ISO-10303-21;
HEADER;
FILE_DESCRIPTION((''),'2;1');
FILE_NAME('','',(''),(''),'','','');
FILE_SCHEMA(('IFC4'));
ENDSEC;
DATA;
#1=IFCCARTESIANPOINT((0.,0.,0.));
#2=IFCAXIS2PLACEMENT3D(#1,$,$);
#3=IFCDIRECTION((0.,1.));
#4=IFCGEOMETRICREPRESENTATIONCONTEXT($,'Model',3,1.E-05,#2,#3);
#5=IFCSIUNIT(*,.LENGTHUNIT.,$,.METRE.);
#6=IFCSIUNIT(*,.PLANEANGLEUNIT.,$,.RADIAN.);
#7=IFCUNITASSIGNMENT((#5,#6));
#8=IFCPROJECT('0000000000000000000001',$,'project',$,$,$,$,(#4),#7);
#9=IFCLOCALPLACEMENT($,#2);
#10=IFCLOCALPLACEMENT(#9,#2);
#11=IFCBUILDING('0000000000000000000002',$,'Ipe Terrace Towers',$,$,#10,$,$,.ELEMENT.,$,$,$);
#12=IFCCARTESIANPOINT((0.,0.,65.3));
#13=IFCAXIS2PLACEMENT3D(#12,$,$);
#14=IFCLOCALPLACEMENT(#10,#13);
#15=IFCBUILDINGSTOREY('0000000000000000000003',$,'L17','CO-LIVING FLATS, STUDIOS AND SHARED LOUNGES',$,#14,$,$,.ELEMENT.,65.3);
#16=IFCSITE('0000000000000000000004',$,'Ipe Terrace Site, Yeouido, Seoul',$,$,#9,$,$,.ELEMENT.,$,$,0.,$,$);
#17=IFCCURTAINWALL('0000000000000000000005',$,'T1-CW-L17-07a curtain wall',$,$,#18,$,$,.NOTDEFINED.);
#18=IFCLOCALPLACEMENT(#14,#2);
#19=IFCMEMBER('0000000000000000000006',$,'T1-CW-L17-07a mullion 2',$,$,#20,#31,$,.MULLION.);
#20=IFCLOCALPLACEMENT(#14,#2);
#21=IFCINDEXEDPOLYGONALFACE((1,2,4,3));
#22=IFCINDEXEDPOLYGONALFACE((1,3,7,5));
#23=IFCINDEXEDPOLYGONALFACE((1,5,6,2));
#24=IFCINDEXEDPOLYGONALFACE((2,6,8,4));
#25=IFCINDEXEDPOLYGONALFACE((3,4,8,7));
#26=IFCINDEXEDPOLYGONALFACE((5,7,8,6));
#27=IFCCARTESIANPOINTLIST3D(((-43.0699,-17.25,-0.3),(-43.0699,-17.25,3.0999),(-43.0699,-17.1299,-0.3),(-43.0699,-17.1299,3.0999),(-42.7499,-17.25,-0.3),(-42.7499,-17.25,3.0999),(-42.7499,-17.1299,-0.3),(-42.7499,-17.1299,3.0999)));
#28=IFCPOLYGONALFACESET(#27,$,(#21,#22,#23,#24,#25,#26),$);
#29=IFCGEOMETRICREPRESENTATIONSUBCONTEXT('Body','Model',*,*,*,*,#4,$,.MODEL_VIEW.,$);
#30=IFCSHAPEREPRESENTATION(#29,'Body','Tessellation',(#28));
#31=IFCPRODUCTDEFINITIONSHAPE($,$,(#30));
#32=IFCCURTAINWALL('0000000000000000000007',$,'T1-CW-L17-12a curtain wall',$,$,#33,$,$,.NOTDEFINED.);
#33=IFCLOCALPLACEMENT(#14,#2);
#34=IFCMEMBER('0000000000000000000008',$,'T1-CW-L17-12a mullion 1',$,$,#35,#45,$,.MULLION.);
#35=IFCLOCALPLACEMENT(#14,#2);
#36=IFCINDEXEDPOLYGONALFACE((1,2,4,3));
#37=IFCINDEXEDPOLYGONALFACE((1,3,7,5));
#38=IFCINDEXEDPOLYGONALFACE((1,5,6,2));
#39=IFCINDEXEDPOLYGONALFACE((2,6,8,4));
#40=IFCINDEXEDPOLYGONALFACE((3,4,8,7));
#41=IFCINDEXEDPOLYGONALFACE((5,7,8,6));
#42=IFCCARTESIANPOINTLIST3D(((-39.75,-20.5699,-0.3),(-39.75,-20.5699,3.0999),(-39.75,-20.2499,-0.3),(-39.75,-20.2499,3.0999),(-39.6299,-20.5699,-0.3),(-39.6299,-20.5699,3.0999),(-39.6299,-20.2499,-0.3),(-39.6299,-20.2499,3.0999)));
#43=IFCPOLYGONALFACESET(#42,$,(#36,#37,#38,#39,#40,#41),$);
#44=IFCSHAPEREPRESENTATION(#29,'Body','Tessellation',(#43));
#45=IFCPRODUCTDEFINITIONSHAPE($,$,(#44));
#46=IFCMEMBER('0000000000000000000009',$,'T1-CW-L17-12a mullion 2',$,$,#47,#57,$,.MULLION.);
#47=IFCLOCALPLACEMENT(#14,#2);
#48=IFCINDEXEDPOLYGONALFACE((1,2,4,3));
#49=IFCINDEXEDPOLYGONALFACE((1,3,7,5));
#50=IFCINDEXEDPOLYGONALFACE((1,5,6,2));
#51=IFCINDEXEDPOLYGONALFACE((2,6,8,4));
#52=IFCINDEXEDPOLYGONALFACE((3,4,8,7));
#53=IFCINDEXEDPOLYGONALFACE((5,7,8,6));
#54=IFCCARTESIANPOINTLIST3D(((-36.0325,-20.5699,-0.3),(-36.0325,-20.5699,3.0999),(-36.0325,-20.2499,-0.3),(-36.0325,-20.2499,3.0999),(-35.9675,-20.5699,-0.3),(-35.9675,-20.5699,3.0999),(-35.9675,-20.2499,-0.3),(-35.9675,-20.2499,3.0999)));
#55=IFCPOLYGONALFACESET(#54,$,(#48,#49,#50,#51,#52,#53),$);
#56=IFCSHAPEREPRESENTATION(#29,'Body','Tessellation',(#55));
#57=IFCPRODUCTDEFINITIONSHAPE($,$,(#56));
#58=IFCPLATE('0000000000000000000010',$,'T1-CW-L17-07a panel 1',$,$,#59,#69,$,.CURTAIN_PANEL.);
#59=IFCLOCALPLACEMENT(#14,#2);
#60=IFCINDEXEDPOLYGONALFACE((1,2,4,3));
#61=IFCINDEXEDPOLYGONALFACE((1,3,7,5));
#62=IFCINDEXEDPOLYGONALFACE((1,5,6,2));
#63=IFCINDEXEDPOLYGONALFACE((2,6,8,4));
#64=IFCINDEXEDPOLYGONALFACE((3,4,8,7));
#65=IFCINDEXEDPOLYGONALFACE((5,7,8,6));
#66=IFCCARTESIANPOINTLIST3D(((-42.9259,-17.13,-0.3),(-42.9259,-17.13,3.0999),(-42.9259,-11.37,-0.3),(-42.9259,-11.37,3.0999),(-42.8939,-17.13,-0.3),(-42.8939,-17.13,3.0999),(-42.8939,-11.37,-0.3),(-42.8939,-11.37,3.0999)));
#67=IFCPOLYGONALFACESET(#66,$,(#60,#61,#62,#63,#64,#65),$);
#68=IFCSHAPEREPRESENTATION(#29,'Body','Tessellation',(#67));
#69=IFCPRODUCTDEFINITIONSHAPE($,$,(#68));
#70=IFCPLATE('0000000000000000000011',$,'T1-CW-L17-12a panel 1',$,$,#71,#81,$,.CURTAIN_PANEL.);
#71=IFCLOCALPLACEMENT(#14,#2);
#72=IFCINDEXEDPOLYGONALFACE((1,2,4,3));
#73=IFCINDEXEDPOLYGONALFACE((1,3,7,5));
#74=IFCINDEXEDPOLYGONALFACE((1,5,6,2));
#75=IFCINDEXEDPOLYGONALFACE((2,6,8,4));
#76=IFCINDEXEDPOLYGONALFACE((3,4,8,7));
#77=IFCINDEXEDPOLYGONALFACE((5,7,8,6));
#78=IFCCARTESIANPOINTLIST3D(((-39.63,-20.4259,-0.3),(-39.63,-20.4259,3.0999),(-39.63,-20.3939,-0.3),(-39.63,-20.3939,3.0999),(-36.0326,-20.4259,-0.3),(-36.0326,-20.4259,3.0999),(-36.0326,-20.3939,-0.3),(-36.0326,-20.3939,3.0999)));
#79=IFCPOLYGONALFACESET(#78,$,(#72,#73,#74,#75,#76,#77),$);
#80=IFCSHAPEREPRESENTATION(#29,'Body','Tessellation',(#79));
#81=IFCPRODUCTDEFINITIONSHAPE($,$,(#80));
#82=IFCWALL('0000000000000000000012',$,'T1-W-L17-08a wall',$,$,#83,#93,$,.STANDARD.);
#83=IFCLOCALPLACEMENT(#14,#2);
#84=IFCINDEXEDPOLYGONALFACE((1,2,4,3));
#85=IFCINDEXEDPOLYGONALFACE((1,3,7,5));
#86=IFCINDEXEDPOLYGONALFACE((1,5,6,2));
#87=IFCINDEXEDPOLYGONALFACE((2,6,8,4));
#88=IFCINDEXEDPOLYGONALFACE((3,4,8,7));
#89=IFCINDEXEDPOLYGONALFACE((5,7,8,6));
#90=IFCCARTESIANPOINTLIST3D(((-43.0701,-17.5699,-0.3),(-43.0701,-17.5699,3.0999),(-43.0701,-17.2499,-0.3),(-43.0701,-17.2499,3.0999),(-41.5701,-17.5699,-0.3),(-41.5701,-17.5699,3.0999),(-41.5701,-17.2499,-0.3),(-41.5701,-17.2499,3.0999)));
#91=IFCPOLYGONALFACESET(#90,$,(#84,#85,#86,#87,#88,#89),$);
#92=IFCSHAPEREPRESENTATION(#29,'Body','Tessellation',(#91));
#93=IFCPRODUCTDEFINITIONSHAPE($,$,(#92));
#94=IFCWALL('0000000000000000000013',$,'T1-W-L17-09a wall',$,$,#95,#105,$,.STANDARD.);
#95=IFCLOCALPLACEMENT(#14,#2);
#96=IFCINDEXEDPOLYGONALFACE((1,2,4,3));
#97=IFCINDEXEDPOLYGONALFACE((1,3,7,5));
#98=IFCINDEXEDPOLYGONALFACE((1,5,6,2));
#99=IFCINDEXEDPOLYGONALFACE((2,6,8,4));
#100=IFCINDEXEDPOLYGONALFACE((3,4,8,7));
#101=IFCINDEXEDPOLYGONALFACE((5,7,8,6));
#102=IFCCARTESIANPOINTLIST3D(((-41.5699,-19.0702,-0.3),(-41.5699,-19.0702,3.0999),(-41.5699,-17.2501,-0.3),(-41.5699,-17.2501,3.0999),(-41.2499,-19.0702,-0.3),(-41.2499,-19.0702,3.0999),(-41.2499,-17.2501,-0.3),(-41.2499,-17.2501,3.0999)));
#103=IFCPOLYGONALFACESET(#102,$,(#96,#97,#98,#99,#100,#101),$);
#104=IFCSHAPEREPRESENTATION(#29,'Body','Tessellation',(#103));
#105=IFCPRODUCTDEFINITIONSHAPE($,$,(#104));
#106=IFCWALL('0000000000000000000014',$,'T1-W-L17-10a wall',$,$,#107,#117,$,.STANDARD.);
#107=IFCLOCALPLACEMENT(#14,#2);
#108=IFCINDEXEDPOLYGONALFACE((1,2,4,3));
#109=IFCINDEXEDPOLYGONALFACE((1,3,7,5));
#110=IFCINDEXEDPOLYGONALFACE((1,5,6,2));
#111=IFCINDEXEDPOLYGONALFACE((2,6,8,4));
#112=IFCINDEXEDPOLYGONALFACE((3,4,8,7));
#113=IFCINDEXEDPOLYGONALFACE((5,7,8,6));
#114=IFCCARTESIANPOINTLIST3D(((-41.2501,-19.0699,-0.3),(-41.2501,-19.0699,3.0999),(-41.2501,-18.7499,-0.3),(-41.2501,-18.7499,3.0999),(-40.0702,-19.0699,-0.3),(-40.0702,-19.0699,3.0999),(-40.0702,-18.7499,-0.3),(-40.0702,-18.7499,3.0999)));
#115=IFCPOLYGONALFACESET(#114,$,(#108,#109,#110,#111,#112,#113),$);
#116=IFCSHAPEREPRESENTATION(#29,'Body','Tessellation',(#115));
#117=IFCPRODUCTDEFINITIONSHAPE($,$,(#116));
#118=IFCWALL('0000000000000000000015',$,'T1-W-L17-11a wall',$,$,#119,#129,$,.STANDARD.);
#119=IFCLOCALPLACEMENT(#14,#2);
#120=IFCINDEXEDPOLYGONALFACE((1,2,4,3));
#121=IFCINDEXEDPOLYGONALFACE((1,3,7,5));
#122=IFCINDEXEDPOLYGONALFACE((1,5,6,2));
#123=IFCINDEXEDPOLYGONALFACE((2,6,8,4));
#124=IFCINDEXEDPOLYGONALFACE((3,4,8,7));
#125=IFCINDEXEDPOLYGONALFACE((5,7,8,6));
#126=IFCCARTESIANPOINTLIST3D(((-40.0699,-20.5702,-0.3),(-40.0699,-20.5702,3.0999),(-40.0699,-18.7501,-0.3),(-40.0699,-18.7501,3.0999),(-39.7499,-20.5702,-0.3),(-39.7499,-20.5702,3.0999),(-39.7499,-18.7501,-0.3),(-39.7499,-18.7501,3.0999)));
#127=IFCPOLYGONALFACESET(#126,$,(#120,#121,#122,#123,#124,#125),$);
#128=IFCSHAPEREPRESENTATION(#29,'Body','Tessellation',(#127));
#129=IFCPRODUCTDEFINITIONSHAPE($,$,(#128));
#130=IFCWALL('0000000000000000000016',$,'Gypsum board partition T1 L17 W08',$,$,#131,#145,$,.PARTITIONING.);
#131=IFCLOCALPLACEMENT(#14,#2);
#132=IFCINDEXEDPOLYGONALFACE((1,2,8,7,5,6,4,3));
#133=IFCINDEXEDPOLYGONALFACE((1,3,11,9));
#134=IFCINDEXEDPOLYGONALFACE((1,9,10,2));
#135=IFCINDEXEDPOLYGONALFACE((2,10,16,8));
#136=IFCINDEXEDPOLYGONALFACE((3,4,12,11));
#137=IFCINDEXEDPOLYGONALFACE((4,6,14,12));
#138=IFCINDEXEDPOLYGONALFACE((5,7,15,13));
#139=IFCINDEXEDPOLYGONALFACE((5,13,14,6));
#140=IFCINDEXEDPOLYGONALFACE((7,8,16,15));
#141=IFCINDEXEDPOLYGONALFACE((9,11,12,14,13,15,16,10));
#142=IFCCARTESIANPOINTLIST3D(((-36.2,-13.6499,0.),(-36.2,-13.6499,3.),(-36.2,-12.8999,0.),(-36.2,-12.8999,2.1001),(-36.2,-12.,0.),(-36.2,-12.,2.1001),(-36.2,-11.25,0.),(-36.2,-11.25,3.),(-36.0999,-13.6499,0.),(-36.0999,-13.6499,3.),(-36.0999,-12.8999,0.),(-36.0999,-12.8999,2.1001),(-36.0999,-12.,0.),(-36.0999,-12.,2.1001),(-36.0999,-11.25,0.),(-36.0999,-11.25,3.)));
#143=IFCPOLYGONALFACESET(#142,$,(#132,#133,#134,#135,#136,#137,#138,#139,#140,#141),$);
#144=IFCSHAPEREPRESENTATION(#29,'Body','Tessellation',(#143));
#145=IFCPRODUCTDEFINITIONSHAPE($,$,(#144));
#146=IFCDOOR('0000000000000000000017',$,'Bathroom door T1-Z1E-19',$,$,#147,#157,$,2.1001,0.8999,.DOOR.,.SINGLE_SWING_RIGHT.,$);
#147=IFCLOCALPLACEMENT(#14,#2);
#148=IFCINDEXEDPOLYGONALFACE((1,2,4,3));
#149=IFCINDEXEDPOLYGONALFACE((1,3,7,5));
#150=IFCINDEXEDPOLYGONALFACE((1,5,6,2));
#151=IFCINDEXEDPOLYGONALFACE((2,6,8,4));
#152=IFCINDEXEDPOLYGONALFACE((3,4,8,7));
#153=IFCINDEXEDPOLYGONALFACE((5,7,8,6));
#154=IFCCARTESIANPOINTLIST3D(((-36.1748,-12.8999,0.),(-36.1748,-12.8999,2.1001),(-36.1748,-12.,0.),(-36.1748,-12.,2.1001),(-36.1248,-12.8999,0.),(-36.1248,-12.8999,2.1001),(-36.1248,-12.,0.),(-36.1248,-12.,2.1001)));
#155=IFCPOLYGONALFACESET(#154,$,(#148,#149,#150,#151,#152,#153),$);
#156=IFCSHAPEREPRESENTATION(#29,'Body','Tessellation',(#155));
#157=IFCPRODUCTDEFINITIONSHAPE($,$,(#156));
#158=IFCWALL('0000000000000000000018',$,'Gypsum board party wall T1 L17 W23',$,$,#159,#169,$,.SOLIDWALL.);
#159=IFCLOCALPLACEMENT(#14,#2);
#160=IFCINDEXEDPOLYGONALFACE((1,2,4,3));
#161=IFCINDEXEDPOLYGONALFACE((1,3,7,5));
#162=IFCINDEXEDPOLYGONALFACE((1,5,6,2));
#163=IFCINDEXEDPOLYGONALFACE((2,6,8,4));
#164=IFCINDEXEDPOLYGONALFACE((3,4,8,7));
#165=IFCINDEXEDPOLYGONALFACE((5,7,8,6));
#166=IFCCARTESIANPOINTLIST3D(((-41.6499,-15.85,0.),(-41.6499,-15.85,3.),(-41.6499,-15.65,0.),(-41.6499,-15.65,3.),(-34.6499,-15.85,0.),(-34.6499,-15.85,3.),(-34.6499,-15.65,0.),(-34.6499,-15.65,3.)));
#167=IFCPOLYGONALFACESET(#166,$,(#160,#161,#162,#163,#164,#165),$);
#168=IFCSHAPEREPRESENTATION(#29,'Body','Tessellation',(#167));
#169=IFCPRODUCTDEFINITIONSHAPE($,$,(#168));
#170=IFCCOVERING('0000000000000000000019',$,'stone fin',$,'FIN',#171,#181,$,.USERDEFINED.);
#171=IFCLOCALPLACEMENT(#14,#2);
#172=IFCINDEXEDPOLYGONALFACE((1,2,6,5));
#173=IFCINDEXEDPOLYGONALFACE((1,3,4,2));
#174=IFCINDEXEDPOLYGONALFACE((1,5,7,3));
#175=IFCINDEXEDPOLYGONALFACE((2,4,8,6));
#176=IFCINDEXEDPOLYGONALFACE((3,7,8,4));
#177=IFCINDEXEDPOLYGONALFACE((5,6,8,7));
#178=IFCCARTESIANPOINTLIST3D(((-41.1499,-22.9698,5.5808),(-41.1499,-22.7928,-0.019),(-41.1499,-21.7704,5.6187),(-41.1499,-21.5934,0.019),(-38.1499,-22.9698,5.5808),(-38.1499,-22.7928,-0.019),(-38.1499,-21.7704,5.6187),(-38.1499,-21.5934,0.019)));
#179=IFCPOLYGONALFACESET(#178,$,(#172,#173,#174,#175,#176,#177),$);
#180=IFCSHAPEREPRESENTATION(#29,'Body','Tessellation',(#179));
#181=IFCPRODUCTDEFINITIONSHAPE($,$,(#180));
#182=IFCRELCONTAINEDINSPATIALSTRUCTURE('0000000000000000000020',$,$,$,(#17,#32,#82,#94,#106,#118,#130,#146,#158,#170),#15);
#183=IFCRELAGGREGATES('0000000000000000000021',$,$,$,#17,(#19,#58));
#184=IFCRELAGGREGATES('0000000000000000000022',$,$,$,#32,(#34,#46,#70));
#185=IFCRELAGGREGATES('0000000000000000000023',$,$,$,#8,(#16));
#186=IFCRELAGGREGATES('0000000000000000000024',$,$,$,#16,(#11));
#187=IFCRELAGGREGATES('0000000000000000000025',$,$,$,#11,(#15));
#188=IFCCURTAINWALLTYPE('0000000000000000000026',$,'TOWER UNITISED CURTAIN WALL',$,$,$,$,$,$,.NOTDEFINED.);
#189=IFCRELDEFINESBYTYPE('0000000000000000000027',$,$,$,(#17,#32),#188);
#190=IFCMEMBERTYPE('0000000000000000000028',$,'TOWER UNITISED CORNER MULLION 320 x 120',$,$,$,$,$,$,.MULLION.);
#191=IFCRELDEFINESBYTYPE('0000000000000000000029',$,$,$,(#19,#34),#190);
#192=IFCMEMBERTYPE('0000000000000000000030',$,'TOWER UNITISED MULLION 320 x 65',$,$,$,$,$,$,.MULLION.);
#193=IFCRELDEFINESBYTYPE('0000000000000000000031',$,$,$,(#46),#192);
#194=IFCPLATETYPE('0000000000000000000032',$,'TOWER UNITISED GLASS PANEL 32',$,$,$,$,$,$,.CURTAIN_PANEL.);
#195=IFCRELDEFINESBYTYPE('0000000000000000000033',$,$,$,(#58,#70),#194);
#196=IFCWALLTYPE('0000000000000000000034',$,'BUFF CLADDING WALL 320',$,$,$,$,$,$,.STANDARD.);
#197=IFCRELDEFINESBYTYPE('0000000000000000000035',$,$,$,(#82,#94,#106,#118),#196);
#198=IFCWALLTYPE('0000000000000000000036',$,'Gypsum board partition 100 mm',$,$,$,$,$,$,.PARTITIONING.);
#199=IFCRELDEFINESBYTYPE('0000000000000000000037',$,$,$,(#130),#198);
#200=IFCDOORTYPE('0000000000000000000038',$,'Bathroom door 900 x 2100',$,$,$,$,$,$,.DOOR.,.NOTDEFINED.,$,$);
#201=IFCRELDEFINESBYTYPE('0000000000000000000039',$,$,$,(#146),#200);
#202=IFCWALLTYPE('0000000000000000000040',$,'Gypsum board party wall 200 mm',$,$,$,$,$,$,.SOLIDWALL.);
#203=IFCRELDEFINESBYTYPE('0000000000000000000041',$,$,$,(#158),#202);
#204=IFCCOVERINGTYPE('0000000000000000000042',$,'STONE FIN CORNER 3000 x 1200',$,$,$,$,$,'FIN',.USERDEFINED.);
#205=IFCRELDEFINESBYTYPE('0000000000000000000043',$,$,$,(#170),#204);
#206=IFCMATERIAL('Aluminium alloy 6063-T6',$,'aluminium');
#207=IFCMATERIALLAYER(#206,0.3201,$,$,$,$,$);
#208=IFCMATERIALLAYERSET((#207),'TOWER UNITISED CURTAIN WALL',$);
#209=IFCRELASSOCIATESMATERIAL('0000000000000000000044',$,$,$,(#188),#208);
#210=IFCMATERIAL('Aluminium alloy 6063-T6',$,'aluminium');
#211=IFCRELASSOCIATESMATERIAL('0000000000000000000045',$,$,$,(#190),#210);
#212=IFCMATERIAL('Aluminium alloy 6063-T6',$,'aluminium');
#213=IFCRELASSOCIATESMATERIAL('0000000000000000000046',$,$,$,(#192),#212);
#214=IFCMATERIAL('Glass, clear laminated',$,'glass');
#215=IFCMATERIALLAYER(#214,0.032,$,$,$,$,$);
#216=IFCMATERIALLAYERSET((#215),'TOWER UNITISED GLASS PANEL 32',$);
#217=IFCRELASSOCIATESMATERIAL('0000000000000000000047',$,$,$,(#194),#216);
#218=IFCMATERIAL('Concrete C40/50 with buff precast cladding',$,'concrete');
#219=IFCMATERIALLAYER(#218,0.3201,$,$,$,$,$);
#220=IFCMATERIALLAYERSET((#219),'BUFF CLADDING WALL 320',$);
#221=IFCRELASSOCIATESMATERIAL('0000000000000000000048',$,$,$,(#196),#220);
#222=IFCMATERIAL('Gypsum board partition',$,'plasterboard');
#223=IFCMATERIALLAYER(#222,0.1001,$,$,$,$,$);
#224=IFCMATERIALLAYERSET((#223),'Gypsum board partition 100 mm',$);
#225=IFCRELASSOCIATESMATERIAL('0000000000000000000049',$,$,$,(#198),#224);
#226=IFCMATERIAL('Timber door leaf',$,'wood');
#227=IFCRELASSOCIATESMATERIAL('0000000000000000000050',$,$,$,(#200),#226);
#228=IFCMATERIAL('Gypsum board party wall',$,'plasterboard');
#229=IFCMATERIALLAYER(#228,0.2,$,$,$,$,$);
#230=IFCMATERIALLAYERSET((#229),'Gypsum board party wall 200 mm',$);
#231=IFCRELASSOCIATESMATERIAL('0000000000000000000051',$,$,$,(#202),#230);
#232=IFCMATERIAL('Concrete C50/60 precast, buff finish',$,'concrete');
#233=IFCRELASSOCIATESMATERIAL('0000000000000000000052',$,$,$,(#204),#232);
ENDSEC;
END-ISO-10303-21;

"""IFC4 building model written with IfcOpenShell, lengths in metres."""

from ifc_helpers import new_model, si_unit, direction, frame, frame_2d, origin, origin_2d, place, context, subcontext, project, spatial, rectangle, extrude, material, layer, layer_set, material_profile, profile_set, type_object, element, fill, aggregate, save


model = new_model("IFC4")

# Units and contexts
model_context = context("Model", 3, precision=1e-05, world=origin(), true_north=direction((0.0, 1.0)))
body_context = subcontext(model_context, "Body", "Model", "MODEL_VIEW")
ifc_project = project(units=[si_unit("LENGTHUNIT", "METRE"), si_unit("PLANEANGLEUNIT", "RADIAN")], contexts=[model_context])

# Site, building, storey
site_placement = place(None, origin())
site = spatial("IfcSite", under=ifc_project, at=site_placement, Name="Ipe Terrace Site, Yeouido, Seoul", CompositionType="ELEMENT", RefElevation=0.0)
building_placement = place(site_placement, origin())
building = spatial("IfcBuilding", under=site, at=building_placement, Name="Ipe Terrace Towers", CompositionType="ELEMENT")
storey_placement = place(building_placement, frame((0.0, 0.0, 65.3)))
storey = spatial("IfcBuildingStorey", under=building, at=storey_placement, Name="L17", Description="CO-LIVING FLATS, STUDIOS AND SHARED LOUNGES", CompositionType="ELEMENT", Elevation=65.3)

# Curtain wall, member
ifc_material_1 = material(Name="Aluminium alloy 6063-T6", Category="aluminium")
ifc_layer_1 = layer(ifc_material_1, 0.3201)
ifc_layer_set_1 = layer_set([ifc_layer_1], Name="TOWER UNITISED CURTAIN WALL")
curtain_wall_type = type_object("IfcCurtainWallType", Name="TOWER UNITISED CURTAIN WALL", PredefinedType="NOTDEFINED", material=ifc_layer_set_1)
curtain_wall_1_placement = place(storey_placement, origin())
curtain_wall_1 = element("IfcCurtainWall", 1, at=curtain_wall_1_placement, inside=storey, type_object=curtain_wall_type, Name="T1-CW-L17-07a curtain wall", PredefinedType="NOTDEFINED")
ifc_material_2 = material(Name="Aluminium alloy 6063-T6", Category="aluminium")
ifc_material_profile_1 = material_profile(ifc_material_2, rectangle(XDim=0.3201, YDim=0.1201, at=origin_2d()), Name="TOWER UNITISED CORNER MULLION 320 x 120")
ifc_profile_set_1 = profile_set([ifc_material_profile_1], Name="Aluminium alloy 6063-T6")
member_type_1 = type_object("IfcMemberType", Name="TOWER UNITISED CORNER MULLION 320 x 120", PredefinedType="MULLION", material=ifc_profile_set_1)
member_1_placement = place(storey_placement, frame((-42.9099, -17.1899, -0.3), z_axis=(0.0, 0.0, 1.0), x_axis=(-1.0, 0.0, 0.0)))
member_1 = element("IfcMember", 2, at=member_1_placement, type_object=member_type_1, Name="T1-CW-L17-07a mullion 2", PredefinedType="MULLION", context=body_context, shape_type="SweptSolid", body=[
    extrude(rectangle(XDim=0.3201, YDim=0.1201, at=origin_2d()), origin(), (0.0, 0.0, 1.0), 3.3999),
])

# Curtain wall, members
curtain_wall_2_placement = place(storey_placement, origin())
curtain_wall_2 = element("IfcCurtainWall", 3, at=curtain_wall_2_placement, inside=storey, type_object=curtain_wall_type, Name="T1-CW-L17-12a curtain wall", PredefinedType="NOTDEFINED")
member_2_placement = place(storey_placement, frame((-39.6899, -20.4099, -0.3), z_axis=(0.0, 0.0, 1.0), x_axis=(0.0, -1.0, 0.0)))
member_2 = element("IfcMember", 4, at=member_2_placement, type_object=member_type_1, Name="T1-CW-L17-12a mullion 1", PredefinedType="MULLION", context=body_context, shape_type="SweptSolid", body=[
    extrude(rectangle(XDim=0.3201, YDim=0.1201, at=origin_2d()), origin(), (0.0, 0.0, 1.0), 3.3999),
])
ifc_material_3 = material(Name="Aluminium alloy 6063-T6", Category="aluminium")
ifc_material_profile_2 = material_profile(ifc_material_3, rectangle(XDim=0.3201, YDim=0.0649, at=origin_2d()), Name="TOWER UNITISED MULLION 320 x 65")
ifc_profile_set_2 = profile_set([ifc_material_profile_2], Name="Aluminium alloy 6063-T6")
member_type_2 = type_object("IfcMemberType", Name="TOWER UNITISED MULLION 320 x 65", PredefinedType="MULLION", material=ifc_profile_set_2)
member_3_placement = place(storey_placement, frame((-36.0, -20.4099, -0.3), z_axis=(0.0, 0.0, 1.0), x_axis=(0.0, -1.0, 0.0)))
member_3 = element("IfcMember", 5, at=member_3_placement, type_object=member_type_2, Name="T1-CW-L17-12a mullion 2", PredefinedType="MULLION", context=body_context, shape_type="SweptSolid", body=[
    extrude(rectangle(XDim=0.3201, YDim=0.0649, at=origin_2d()), origin(), (0.0, 0.0, 1.0), 3.3999),
])

# Plates
ifc_material_4 = material(Name="Glass, clear laminated", Category="glass")
ifc_layer_2 = layer(ifc_material_4, 0.032)
ifc_layer_set_2 = layer_set([ifc_layer_2], Name="TOWER UNITISED GLASS PANEL 32")
plate_type = type_object("IfcPlateType", Name="TOWER UNITISED GLASS PANEL 32", PredefinedType="CURTAIN_PANEL", material=ifc_layer_set_2)
plate_1_placement = place(storey_placement, frame((-42.9099, -14.25, -0.3), z_axis=(0.0, 0.0, 1.0), x_axis=(0.0, -1.0, 0.0)))
plate_1 = element("IfcPlate", 6, at=plate_1_placement, type_object=plate_type, Name="T1-CW-L17-07a panel 1", PredefinedType="CURTAIN_PANEL", context=body_context, shape_type="SweptSolid", body=[
    extrude(rectangle(XDim=5.76, YDim=0.032, at=origin_2d()), origin(), (0.0, 0.0, 1.0), 3.3999),
])
aggregate(curtain_wall_1, [member_1, plate_1])
plate_2_placement = place(storey_placement, frame((-37.8313, -20.4099, -0.3), z_axis=(0.0, 0.0, 1.0), x_axis=(1.0, 0.0, 0.0)))
plate_2 = element("IfcPlate", 7, at=plate_2_placement, type_object=plate_type, Name="T1-CW-L17-12a panel 1", PredefinedType="CURTAIN_PANEL", context=body_context, shape_type="SweptSolid", body=[
    extrude(rectangle(XDim=3.5974, YDim=0.032, at=origin_2d()), origin(), (0.0, 0.0, 1.0), 3.3999),
])
aggregate(curtain_wall_2, [member_2, member_3, plate_2])

# Walls
ifc_material_5 = material(Name="Concrete C40/50 with buff precast cladding", Category="concrete")
ifc_layer_3 = layer(ifc_material_5, 0.3201)
ifc_layer_set_3 = layer_set([ifc_layer_3], Name="BUFF CLADDING WALL 320")
wall_type_1 = type_object("IfcWallType", Name="BUFF CLADDING WALL 320", PredefinedType="STANDARD", material=ifc_layer_set_3)
wall_1_placement = place(storey_placement, frame((-43.0701, -17.4099, -0.3), z_axis=(0.0, 0.0, 1.0), x_axis=(1.0, 0.0, 0.0)))
element("IfcWall", 8, at=wall_1_placement, inside=storey, type_object=wall_type_1, Name="T1-W-L17-08a wall", PredefinedType="STANDARD", context=body_context, shape_type="SweptSolid", body=[
    extrude(rectangle(XDim=1.5, YDim=0.3201, at=frame_2d((0.75, 0.0))), origin(), (0.0, 0.0, 1.0), 3.3999),
])
wall_2_placement = place(storey_placement, frame((-41.4099, -17.25, -0.3), z_axis=(0.0, 0.0, 1.0), x_axis=(0.0, -1.0, 0.0)))
element("IfcWall", 9, at=wall_2_placement, inside=storey, type_object=wall_type_1, Name="T1-W-L17-09a wall", PredefinedType="STANDARD", context=body_context, shape_type="SweptSolid", body=[
    extrude(rectangle(XDim=1.8201, YDim=0.3201, at=frame_2d((0.9102, 0.0))), origin(), (0.0, 0.0, 1.0), 3.3999),
])
wall_3_placement = place(storey_placement, frame((-41.25, -18.9099, -0.3), z_axis=(0.0, 0.0, 1.0), x_axis=(1.0, 0.0, 0.0)))
element("IfcWall", 10, at=wall_3_placement, inside=storey, type_object=wall_type_1, Name="T1-W-L17-10a wall", PredefinedType="STANDARD", context=body_context, shape_type="SweptSolid", body=[
    extrude(rectangle(XDim=1.1799, YDim=0.3201, at=frame_2d((0.5898, 0.0))), origin(), (0.0, 0.0, 1.0), 3.3999),
])
wall_4_placement = place(storey_placement, frame((-39.9099, -18.75, -0.3), z_axis=(0.0, 0.0, 1.0), x_axis=(0.0, -1.0, 0.0)))
element("IfcWall", 11, at=wall_4_placement, inside=storey, type_object=wall_type_1, Name="T1-W-L17-11a wall", PredefinedType="STANDARD", context=body_context, shape_type="SweptSolid", body=[
    extrude(rectangle(XDim=1.8201, YDim=0.3201, at=frame_2d((0.9102, 0.0))), origin(), (0.0, 0.0, 1.0), 3.3999),
])

# Wall, opening, door
ifc_material_6 = material(Name="Gypsum board partition", Category="plasterboard")
ifc_layer_4 = layer(ifc_material_6, 0.1001)
ifc_layer_set_4 = layer_set([ifc_layer_4], Name="Gypsum board partition 100 mm")
wall_type_2 = type_object("IfcWallType", Name="Gypsum board partition 100 mm", PredefinedType="PARTITIONING", material=ifc_layer_set_4)
wall_5_placement = place(storey_placement, frame((-36.1499, -13.6499, 0.0), z_axis=(0.0, 0.0, 1.0), x_axis=(0.0, 1.0, 0.0)))
wall_5 = element("IfcWall", 12, at=wall_5_placement, inside=storey, type_object=wall_type_2, Name="Gypsum board partition T1 L17 W08", PredefinedType="PARTITIONING", context=body_context, shape_type="SweptSolid", body=[
    extrude(rectangle(XDim=2.3999, YDim=0.1001, at=frame_2d((1.2, 0.0))), origin(), (0.0, 0.0, 1.0), 3.0),
])
opening_placement = place(wall_5_placement, frame((0.75, 0.0, 0.0)))
opening = element("IfcOpeningElement", 13, at=opening_placement, cuts=wall_5, PredefinedType="OPENING", context=body_context, shape_type="SweptSolid", body=[
    extrude(rectangle(XDim=0.8999, YDim=2.1001, at=frame_2d((0.45, 1.05))), frame((0.0, 0.0601, 0.0), z_axis=(0.0, -1.0, 0.0), x_axis=(1.0, 0.0, 0.0)), (0.0, 0.0, 1.0), 0.1201),
])
ifc_material_7 = material(Name="Timber door leaf", Category="wood")
door_type = type_object("IfcDoorType", Name="Bathroom door 900 x 2100", OperationType="NOTDEFINED", PredefinedType="DOOR", material=ifc_material_7)
door_placement = place(opening_placement, origin())
door = element("IfcDoor", 14, at=door_placement, inside=storey, type_object=door_type, Name="Bathroom door T1-Z1E-19", OperationType="SINGLE_SWING_RIGHT", OverallHeight=2.1001, OverallWidth=0.8999, PredefinedType="DOOR", context=body_context, shape_type="SweptSolid", body=[
    extrude(rectangle(XDim=0.8999, YDim=2.1001, at=frame_2d((0.45, 1.05))), frame((0.0, 0.0249, 0.0), z_axis=(0.0, -1.0, 0.0), x_axis=(1.0, 0.0, 0.0)), (0.0, 0.0, 1.0), 0.05),
])
fill(opening, door)

# Wall
ifc_material_8 = material(Name="Gypsum board party wall", Category="plasterboard")
ifc_layer_5 = layer(ifc_material_8, 0.2)
ifc_layer_set_5 = layer_set([ifc_layer_5], Name="Gypsum board party wall 200 mm")
wall_type_3 = type_object("IfcWallType", Name="Gypsum board party wall 200 mm", PredefinedType="SOLIDWALL", material=ifc_layer_set_5)
wall_6_placement = place(storey_placement, frame((-41.6499, -15.75, 0.0), z_axis=(0.0, 0.0, 1.0), x_axis=(1.0, 0.0, 0.0)))
element("IfcWall", 15, at=wall_6_placement, inside=storey, type_object=wall_type_3, Name="Gypsum board party wall T1 L17 W23", PredefinedType="SOLIDWALL", context=body_context, shape_type="SweptSolid", body=[
    extrude(rectangle(XDim=7.0, YDim=0.2, at=frame_2d((3.5, 0.0))), origin(), (0.0, 0.0, 1.0), 3.0),
])

# Covering
ifc_material_9 = material(Name="Concrete C50/60 precast, buff finish", Category="concrete")
ifc_material_profile_3 = material_profile(ifc_material_9, rectangle(XDim=3.0, YDim=1.2, at=origin_2d()), Name="STONE FIN CORNER 3000 x 1200")
ifc_profile_set_3 = profile_set([ifc_material_profile_3], Name="Concrete C50/60 precast, buff finish")
covering_type_1 = type_object("IfcCoveringType", Name="STONE FIN CORNER 3000 x 1200", ElementType="FIN", PredefinedType="USERDEFINED", material=ifc_profile_set_3)
for number, where, z_axis, x_axis, name in (
    (16, (-39.6499, -22.1931, 0.0), (0.0, -0.031593, 0.999501), (1.0, 0.0, 0.0), "stone fin"),
):
    element("IfcCovering", number, at=place(storey_placement, frame(where, z_axis=z_axis, x_axis=x_axis)), inside=storey, type_object=covering_type_1, Name=name, ObjectType="FIN", PredefinedType="USERDEFINED", context=body_context, shape_type="SweptSolid", body=[
        extrude(rectangle(XDim=3.0, YDim=1.2, at=origin_2d()), origin(), (0.0, 0.0, 1.0), 5.6025),
    ])

save(model, "model.ifc")
